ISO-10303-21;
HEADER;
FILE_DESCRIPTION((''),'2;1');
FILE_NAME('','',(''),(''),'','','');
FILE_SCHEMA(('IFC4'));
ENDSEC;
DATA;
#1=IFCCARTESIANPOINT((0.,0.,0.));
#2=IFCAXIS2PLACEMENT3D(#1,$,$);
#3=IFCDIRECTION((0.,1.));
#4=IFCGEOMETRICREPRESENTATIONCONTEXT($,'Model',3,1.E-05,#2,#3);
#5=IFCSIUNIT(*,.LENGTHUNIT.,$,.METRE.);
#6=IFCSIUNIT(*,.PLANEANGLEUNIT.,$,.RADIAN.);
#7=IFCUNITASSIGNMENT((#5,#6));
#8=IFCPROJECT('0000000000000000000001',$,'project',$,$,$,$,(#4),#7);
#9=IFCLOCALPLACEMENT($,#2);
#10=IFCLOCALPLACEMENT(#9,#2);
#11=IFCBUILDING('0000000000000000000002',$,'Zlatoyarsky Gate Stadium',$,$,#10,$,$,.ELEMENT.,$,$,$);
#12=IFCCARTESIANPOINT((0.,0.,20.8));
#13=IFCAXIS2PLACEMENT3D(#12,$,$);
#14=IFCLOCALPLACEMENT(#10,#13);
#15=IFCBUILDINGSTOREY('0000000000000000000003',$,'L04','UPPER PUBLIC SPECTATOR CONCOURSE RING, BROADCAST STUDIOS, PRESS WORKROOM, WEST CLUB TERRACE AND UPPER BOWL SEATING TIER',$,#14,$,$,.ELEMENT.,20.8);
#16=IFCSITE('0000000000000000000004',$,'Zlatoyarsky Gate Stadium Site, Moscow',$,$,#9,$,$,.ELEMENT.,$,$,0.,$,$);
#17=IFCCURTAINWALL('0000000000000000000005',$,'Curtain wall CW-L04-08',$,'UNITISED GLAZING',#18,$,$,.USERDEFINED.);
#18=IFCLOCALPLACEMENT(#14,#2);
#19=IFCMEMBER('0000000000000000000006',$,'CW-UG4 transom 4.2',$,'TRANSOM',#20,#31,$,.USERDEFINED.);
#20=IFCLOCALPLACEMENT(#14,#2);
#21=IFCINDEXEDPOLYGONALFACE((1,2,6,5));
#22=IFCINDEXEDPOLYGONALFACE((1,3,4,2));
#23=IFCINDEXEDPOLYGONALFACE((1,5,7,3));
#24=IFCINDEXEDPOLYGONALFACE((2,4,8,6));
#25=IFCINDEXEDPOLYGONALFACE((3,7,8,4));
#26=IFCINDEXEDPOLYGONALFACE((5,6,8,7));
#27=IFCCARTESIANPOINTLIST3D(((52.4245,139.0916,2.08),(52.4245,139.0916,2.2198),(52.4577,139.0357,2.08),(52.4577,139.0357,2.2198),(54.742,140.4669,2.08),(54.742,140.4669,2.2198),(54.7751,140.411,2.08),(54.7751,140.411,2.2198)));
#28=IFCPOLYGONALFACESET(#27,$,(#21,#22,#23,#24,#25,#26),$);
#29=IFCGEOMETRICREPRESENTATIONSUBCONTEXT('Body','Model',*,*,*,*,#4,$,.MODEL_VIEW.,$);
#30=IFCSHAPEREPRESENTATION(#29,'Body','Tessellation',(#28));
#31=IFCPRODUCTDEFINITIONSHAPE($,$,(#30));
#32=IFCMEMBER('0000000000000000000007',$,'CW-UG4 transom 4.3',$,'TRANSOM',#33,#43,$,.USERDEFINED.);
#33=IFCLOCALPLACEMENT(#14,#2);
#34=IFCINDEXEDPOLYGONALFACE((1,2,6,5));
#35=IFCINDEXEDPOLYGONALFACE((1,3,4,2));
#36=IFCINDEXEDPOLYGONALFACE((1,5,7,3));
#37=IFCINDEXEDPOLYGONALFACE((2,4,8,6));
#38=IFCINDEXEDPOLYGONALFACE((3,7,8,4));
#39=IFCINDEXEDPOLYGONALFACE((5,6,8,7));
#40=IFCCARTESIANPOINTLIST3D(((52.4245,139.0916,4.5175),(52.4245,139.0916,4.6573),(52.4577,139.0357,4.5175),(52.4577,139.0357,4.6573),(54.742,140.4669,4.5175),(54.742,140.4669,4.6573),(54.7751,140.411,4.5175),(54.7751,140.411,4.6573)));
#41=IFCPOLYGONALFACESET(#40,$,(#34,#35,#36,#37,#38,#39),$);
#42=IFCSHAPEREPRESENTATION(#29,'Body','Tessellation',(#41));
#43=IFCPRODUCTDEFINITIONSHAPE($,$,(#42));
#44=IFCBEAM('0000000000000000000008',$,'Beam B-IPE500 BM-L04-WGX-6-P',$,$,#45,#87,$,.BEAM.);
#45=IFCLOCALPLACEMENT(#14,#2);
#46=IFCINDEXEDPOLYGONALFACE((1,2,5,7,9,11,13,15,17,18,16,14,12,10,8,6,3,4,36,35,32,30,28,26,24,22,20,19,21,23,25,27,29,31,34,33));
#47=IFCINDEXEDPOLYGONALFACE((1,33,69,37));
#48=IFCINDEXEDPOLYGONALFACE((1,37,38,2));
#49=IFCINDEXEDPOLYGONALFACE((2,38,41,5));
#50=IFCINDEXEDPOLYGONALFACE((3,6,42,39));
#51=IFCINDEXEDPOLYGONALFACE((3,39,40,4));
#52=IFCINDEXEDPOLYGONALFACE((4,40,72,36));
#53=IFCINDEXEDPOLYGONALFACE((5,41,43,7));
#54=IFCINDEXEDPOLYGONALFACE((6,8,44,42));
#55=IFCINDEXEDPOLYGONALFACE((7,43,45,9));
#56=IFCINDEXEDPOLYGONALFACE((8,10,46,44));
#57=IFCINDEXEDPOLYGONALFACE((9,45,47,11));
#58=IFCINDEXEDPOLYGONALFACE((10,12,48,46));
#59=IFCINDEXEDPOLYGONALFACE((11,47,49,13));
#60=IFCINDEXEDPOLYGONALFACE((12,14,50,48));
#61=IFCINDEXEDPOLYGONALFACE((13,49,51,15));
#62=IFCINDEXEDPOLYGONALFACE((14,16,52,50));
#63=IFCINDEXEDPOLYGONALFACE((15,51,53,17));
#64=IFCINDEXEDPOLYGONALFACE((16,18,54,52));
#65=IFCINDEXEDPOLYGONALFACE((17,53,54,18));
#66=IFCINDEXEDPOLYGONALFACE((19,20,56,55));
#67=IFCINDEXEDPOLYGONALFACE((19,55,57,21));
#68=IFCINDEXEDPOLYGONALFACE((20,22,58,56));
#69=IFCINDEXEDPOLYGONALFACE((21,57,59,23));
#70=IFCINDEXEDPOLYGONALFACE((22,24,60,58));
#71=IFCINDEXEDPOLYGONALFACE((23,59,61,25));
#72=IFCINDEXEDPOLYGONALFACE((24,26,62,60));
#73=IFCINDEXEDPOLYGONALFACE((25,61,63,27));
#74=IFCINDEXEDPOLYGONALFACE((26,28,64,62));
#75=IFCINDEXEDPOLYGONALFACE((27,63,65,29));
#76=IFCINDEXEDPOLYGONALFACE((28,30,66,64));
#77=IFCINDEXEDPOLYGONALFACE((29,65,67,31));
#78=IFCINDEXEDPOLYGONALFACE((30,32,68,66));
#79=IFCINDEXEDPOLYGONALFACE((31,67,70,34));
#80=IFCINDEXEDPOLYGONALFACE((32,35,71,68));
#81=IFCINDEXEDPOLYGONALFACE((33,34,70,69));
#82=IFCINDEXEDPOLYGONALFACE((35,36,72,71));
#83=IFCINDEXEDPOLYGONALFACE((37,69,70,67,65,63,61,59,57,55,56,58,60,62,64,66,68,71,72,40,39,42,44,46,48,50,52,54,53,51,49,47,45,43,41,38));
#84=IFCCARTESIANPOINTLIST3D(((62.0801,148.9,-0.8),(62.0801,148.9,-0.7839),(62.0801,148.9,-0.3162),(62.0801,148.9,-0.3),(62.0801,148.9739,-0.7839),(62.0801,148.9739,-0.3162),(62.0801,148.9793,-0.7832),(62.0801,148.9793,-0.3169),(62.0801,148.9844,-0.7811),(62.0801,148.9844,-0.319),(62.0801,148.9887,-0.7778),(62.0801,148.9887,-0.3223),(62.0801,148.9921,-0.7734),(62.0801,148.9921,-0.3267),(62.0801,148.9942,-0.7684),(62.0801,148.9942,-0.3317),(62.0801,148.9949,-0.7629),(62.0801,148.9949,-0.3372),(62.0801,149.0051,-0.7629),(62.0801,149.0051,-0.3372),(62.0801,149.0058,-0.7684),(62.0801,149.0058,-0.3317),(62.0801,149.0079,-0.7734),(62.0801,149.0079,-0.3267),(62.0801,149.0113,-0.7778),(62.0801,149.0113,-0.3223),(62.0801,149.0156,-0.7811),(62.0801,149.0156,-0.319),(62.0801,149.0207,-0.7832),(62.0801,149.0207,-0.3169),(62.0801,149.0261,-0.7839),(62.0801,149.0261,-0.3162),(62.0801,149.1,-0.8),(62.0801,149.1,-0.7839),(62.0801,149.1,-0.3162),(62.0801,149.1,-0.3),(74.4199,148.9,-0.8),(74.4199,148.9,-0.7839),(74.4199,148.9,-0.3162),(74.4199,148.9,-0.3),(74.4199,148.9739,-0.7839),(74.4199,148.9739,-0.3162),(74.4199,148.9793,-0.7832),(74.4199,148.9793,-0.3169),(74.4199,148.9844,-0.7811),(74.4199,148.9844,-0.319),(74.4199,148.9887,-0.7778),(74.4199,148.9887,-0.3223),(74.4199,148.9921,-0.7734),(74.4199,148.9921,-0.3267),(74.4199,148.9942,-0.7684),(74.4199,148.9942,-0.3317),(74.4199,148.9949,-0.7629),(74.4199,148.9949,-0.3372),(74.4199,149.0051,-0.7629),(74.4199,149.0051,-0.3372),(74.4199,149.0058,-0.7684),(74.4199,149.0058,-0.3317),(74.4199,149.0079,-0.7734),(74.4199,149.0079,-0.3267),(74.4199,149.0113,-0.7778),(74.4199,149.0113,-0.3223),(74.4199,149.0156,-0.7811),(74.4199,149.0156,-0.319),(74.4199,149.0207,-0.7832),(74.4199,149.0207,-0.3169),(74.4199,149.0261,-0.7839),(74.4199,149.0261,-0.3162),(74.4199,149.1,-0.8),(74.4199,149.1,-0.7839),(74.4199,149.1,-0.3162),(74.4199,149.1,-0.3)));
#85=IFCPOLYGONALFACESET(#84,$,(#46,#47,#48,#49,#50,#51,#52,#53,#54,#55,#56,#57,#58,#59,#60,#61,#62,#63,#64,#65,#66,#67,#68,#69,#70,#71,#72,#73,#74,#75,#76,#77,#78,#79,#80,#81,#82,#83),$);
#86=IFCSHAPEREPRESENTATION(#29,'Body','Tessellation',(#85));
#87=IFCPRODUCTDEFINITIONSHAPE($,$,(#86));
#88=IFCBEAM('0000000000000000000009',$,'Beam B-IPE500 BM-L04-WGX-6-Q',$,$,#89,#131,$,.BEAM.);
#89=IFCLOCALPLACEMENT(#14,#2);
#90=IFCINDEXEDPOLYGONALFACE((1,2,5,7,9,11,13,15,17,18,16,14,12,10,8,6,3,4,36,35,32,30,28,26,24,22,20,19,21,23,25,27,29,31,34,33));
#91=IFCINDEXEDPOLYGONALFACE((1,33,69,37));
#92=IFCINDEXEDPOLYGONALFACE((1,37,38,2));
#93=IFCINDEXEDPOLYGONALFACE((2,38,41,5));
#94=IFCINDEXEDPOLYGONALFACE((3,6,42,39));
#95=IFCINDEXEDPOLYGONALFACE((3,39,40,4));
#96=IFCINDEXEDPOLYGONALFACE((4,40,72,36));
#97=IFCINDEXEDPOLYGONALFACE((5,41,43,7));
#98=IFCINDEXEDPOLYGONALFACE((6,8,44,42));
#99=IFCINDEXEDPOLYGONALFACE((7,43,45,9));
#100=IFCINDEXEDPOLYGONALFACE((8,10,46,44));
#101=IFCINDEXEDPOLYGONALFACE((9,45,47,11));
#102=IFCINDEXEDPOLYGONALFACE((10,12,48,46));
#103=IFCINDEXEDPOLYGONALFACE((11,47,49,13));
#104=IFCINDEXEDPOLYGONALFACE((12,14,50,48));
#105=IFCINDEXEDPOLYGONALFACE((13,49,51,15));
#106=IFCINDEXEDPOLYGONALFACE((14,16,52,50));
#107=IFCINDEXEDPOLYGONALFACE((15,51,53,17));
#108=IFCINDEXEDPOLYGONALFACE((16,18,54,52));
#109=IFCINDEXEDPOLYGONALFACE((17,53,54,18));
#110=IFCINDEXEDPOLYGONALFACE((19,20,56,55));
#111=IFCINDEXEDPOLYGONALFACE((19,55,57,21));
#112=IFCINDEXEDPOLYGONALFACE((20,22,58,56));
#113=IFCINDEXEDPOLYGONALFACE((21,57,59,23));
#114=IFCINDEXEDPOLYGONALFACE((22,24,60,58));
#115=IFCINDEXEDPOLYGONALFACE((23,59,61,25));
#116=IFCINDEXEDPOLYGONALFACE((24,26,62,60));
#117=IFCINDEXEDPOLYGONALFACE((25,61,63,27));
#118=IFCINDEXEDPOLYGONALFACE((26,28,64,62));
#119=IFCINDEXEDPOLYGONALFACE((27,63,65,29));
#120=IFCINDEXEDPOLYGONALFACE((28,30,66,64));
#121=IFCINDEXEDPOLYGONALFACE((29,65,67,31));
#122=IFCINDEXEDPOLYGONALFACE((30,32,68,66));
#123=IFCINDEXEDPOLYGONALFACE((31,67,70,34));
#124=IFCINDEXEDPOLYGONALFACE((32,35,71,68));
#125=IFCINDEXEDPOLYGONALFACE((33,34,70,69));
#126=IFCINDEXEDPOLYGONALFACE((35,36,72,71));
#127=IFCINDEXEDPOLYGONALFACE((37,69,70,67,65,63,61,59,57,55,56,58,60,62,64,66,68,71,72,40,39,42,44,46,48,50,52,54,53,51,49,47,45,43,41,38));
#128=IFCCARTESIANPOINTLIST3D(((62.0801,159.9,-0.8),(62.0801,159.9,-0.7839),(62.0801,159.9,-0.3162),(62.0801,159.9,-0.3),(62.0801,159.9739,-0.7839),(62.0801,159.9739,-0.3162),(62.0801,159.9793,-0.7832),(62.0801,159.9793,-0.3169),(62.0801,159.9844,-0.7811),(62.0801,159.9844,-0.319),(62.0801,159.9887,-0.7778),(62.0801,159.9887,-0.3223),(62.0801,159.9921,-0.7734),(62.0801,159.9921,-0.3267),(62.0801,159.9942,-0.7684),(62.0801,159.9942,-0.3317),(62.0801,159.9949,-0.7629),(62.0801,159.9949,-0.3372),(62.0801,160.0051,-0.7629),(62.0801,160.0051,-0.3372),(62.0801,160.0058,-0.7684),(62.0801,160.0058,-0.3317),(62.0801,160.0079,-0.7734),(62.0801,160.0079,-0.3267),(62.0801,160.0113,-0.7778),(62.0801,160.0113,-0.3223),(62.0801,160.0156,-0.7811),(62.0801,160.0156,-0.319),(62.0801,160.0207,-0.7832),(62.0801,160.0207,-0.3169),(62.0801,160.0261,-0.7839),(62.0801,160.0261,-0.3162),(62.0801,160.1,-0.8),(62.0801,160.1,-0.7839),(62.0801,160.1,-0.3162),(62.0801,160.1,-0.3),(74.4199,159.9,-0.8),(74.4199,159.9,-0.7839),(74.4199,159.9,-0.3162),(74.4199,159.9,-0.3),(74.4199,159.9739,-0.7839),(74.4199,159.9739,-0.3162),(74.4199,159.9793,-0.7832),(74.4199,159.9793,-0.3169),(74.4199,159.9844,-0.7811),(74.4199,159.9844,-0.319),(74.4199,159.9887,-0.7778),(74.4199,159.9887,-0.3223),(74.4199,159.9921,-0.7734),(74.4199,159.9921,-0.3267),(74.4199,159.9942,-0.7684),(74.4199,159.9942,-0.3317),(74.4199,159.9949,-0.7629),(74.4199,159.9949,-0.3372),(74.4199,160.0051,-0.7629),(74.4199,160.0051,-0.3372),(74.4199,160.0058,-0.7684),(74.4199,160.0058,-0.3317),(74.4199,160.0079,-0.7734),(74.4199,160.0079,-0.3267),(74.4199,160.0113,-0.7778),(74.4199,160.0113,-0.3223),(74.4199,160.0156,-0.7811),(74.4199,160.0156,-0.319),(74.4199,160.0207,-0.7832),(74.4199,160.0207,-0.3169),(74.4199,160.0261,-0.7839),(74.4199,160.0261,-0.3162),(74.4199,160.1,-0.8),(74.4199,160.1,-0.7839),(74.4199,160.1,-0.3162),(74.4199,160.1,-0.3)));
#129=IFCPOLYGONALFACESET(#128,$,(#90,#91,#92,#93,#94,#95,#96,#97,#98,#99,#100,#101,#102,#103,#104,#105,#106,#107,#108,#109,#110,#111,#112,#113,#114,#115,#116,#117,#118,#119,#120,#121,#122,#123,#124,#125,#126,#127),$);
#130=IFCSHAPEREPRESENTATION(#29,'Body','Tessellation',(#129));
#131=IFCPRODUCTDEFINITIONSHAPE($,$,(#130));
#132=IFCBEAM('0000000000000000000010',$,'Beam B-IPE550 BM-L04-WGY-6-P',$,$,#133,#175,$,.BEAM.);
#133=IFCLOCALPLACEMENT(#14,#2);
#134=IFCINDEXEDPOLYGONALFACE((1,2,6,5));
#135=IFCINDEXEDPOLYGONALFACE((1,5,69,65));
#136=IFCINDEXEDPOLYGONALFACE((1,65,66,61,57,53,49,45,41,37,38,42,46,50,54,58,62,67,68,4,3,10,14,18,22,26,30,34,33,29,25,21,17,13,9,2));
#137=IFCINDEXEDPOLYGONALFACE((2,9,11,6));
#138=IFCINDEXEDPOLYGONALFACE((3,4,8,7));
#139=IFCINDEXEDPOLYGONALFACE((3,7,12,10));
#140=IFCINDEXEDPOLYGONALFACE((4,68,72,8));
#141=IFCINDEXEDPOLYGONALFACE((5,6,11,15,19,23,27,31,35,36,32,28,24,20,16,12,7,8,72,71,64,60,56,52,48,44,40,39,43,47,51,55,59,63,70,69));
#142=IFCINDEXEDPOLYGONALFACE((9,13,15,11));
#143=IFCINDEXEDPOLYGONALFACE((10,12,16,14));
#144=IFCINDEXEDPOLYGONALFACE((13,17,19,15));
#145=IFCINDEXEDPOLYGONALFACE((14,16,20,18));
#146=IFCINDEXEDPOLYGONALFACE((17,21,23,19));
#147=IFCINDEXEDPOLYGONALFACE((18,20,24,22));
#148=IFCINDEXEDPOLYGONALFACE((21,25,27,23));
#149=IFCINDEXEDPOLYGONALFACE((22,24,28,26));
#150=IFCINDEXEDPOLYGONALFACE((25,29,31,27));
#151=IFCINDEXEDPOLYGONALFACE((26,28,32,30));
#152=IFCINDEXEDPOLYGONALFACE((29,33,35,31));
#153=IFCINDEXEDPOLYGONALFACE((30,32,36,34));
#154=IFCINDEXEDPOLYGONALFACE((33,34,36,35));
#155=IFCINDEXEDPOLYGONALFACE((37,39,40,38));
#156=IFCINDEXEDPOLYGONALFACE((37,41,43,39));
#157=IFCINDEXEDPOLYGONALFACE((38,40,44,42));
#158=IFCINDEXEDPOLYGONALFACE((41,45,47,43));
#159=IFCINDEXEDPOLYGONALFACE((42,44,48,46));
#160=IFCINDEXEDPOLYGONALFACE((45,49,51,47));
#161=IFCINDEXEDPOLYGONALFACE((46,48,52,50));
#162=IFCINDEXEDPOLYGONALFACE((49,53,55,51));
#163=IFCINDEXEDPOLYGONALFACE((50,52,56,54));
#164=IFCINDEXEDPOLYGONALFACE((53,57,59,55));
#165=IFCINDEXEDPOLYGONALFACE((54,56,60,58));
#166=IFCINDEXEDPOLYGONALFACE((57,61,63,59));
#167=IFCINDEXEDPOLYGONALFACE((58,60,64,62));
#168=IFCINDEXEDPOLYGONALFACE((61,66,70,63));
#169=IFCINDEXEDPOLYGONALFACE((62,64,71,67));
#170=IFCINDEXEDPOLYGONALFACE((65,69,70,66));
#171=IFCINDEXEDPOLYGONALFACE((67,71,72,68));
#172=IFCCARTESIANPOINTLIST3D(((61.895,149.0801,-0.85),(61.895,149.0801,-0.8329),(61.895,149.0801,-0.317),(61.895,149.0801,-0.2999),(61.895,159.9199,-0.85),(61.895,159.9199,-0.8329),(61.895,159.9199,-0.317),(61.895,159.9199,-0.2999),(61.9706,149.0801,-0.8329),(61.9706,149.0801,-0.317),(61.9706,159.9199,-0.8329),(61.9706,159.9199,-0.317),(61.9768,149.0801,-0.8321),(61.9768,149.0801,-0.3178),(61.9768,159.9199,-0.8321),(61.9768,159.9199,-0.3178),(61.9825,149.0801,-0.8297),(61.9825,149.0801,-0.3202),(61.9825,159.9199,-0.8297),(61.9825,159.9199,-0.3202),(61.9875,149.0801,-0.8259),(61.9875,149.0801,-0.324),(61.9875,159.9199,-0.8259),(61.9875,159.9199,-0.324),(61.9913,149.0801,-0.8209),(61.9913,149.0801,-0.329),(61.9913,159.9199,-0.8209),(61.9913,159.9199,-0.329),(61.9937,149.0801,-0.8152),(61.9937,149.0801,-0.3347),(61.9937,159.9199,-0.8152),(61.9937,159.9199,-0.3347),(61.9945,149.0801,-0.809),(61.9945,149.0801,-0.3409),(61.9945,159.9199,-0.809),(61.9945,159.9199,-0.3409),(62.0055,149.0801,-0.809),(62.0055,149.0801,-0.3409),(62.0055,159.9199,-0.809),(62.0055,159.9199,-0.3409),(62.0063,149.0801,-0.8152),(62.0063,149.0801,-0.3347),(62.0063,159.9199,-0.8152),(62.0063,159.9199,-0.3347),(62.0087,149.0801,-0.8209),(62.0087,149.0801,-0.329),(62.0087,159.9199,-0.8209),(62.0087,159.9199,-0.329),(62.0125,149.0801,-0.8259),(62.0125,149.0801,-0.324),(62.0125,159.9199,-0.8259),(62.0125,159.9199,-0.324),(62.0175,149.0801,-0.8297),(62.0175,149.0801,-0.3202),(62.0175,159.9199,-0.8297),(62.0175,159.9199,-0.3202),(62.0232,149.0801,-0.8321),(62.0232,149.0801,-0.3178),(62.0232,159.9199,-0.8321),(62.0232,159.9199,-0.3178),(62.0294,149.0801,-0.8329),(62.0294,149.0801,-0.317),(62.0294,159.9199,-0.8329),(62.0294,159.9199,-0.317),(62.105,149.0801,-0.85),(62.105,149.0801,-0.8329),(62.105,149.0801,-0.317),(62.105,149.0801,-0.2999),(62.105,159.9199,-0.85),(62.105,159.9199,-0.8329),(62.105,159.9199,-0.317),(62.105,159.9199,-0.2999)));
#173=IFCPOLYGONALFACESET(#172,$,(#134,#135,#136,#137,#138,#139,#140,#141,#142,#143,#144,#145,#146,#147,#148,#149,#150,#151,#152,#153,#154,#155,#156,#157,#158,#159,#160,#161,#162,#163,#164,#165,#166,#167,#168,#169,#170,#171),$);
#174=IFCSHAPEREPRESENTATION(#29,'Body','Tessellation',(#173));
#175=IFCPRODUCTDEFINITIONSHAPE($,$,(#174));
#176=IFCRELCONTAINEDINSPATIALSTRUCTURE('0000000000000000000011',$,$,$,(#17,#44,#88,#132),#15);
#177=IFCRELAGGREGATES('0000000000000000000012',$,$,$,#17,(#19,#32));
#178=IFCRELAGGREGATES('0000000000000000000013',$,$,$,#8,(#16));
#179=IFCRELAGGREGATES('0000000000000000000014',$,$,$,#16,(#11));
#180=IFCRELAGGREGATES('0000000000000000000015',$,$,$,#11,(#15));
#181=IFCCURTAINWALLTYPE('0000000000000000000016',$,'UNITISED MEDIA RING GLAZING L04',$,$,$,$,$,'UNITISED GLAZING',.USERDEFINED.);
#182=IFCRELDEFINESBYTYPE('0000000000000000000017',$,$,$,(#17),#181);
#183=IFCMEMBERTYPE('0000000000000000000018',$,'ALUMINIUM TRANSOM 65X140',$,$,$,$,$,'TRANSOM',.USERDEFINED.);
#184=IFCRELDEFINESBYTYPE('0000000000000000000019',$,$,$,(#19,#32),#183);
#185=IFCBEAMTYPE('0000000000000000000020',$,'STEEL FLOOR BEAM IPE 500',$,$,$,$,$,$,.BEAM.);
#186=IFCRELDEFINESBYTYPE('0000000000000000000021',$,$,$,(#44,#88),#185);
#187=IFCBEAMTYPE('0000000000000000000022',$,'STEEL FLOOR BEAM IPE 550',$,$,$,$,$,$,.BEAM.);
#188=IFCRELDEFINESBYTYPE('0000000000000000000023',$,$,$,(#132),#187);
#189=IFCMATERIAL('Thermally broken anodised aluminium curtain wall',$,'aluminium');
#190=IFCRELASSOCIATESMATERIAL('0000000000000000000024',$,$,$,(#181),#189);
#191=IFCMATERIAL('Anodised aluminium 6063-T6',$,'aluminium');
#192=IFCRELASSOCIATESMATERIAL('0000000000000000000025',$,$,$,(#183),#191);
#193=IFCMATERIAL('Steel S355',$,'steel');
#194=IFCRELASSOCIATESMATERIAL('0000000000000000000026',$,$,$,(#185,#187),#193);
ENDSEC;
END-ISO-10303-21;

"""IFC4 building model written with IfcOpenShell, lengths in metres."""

from ifc_helpers import new_model, si_unit, direction, frame, origin, origin_2d, place, context, subcontext, project, spatial, rectangle, i_section, extrude, material, material_profile, profile_set, type_object, element, aggregate, save


model = new_model("IFC4")

# Units and contexts
model_context = context("Model", 3, precision=1e-05, world=origin(), true_north=direction((0.0, 1.0)))
body_context = subcontext(model_context, "Body", "Model", "MODEL_VIEW")
ifc_project = project(units=[si_unit("LENGTHUNIT", "METRE"), si_unit("PLANEANGLEUNIT", "RADIAN")], contexts=[model_context])

# Site, building, storey
site_placement = place(None, origin())
site = spatial("IfcSite", under=ifc_project, at=site_placement, Name="Zlatoyarsky Gate Stadium Site, Moscow", CompositionType="ELEMENT", RefElevation=0.0)
building_placement = place(site_placement, origin())
building = spatial("IfcBuilding", under=site, at=building_placement, Name="Zlatoyarsky Gate Stadium", CompositionType="ELEMENT")
storey_placement = place(building_placement, frame((0.0, 0.0, 20.8)))
storey = spatial("IfcBuildingStorey", under=building, at=storey_placement, Name="L04", Description="UPPER PUBLIC SPECTATOR CONCOURSE RING, BROADCAST STUDIOS, PRESS WORKROOM, WEST CLUB TERRACE AND UPPER BOWL SEATING TIER", CompositionType="ELEMENT", Elevation=20.8)

# Curtain wall, members
ifc_material_1 = material(Name="Thermally broken anodised aluminium curtain wall", Category="aluminium")
curtain_wall_type = type_object("IfcCurtainWallType", Name="UNITISED MEDIA RING GLAZING L04", ElementType="UNITISED GLAZING", PredefinedType="USERDEFINED", material=ifc_material_1)
curtain_wall_placement = place(storey_placement, origin())
curtain_wall = element("IfcCurtainWall", 1, at=curtain_wall_placement, inside=storey, type_object=curtain_wall_type, Name="Curtain wall CW-L04-08", ObjectType="UNITISED GLAZING", PredefinedType="USERDEFINED")
ifc_material_2 = material(Name="Anodised aluminium 6063-T6", Category="aluminium")
ifc_material_profile_1 = material_profile(ifc_material_2, rectangle(XDim=0.0649, YDim=0.1399, at=origin_2d()), Name="ALU 65X140")
ifc_profile_set_1 = profile_set([ifc_material_profile_1], Name="Anodised aluminium 6063-T6")
member_type_1 = type_object("IfcMemberType", Name="ALUMINIUM TRANSOM 65X140", ElementType="TRANSOM", PredefinedType="USERDEFINED", material=ifc_profile_set_1)
member_1_placement = place(storey_placement, frame((54.7585, 140.439, 2.1499), z_axis=(-0.859969, -0.510346, 0.0), x_axis=(0.510346, -0.859969, 0.0)))
member_1 = element("IfcMember", 2, at=member_1_placement, type_object=member_type_1, Name="CW-UG4 transom 4.2", ObjectType="TRANSOM", PredefinedType="USERDEFINED", context=body_context, shape_type="SweptSolid", body=[
    extrude(rectangle(XDim=0.0649, YDim=0.1399, at=origin_2d()), origin(), (0.0, 0.0, 1.0), 2.6948),
])
member_2_placement = place(storey_placement, frame((54.7585, 140.439, 4.5874), z_axis=(-0.859969, -0.510346, 0.0), x_axis=(0.510346, -0.859969, 0.0)))
member_2 = element("IfcMember", 3, at=member_2_placement, type_object=member_type_1, Name="CW-UG4 transom 4.3", ObjectType="TRANSOM", PredefinedType="USERDEFINED", context=body_context, shape_type="SweptSolid", body=[
    extrude(rectangle(XDim=0.0649, YDim=0.1399, at=origin_2d()), origin(), (0.0, 0.0, 1.0), 2.6948),
])

# Beams
ifc_material_3 = material(Name="Steel S355", Category="steel")
ifc_material_profile_2 = material_profile(ifc_material_3, i_section(OverallWidth=0.2, OverallDepth=0.5, WebThickness=0.0103, FlangeThickness=0.0161, FilletRadius=0.021, at=origin_2d()), Name="IPE 500")
ifc_profile_set_2 = profile_set([ifc_material_profile_2], Name="Steel S355")
beam_type_1 = type_object("IfcBeamType", Name="STEEL FLOOR BEAM IPE 500", PredefinedType="BEAM", material=ifc_profile_set_2)
for number, where, z_axis, x_axis, name in (
    (4, (62.0801, 149.0, -0.55), (1.0, 0.0, 0.0), (0.0, 1.0, 0.0), "Beam B-IPE500 BM-L04-WGX-6-P"),
    (5, (62.0801, 160.0, -0.55), (1.0, 0.0, 0.0), (0.0, 1.0, 0.0), "Beam B-IPE500 BM-L04-WGX-6-Q"),
):
    element("IfcBeam", number, at=place(storey_placement, frame(where, z_axis=z_axis, x_axis=x_axis)), inside=storey, type_object=beam_type_1, Name=name, PredefinedType="BEAM", context=body_context, shape_type="SweptSolid", body=[
        extrude(i_section(OverallWidth=0.2, OverallDepth=0.5, WebThickness=0.0103, FlangeThickness=0.0161, FilletRadius=0.021, at=origin_2d()), origin(), (0.0, 0.0, 1.0), 12.3398),
    ])
ifc_material_profile_3 = material_profile(ifc_material_3, i_section(OverallWidth=0.21, OverallDepth=0.55, WebThickness=0.011, FlangeThickness=0.0171, FilletRadius=0.0239, at=origin_2d()), Name="IPE 550")
ifc_profile_set_3 = profile_set([ifc_material_profile_3], Name="Steel S355")
beam_type_2 = type_object("IfcBeamType", Name="STEEL FLOOR BEAM IPE 550", PredefinedType="BEAM", material=ifc_profile_set_3)
beam_1_placement = place(storey_placement, frame((62.0, 149.0801, -0.575), z_axis=(0.0, 1.0, 0.0), x_axis=(-1.0, 0.0, 0.0)))
element("IfcBeam", 6, at=beam_1_placement, inside=storey, type_object=beam_type_2, Name="Beam B-IPE550 BM-L04-WGY-6-P", PredefinedType="BEAM", context=body_context, shape_type="SweptSolid", body=[
    extrude(i_section(OverallWidth=0.21, OverallDepth=0.55, WebThickness=0.011, FlangeThickness=0.0171, FilletRadius=0.0239, at=origin_2d()), origin(), (0.0, 0.0, 1.0), 10.8398),
])

aggregate(curtain_wall, [member_1, member_2])

save(model, "model.ifc")
